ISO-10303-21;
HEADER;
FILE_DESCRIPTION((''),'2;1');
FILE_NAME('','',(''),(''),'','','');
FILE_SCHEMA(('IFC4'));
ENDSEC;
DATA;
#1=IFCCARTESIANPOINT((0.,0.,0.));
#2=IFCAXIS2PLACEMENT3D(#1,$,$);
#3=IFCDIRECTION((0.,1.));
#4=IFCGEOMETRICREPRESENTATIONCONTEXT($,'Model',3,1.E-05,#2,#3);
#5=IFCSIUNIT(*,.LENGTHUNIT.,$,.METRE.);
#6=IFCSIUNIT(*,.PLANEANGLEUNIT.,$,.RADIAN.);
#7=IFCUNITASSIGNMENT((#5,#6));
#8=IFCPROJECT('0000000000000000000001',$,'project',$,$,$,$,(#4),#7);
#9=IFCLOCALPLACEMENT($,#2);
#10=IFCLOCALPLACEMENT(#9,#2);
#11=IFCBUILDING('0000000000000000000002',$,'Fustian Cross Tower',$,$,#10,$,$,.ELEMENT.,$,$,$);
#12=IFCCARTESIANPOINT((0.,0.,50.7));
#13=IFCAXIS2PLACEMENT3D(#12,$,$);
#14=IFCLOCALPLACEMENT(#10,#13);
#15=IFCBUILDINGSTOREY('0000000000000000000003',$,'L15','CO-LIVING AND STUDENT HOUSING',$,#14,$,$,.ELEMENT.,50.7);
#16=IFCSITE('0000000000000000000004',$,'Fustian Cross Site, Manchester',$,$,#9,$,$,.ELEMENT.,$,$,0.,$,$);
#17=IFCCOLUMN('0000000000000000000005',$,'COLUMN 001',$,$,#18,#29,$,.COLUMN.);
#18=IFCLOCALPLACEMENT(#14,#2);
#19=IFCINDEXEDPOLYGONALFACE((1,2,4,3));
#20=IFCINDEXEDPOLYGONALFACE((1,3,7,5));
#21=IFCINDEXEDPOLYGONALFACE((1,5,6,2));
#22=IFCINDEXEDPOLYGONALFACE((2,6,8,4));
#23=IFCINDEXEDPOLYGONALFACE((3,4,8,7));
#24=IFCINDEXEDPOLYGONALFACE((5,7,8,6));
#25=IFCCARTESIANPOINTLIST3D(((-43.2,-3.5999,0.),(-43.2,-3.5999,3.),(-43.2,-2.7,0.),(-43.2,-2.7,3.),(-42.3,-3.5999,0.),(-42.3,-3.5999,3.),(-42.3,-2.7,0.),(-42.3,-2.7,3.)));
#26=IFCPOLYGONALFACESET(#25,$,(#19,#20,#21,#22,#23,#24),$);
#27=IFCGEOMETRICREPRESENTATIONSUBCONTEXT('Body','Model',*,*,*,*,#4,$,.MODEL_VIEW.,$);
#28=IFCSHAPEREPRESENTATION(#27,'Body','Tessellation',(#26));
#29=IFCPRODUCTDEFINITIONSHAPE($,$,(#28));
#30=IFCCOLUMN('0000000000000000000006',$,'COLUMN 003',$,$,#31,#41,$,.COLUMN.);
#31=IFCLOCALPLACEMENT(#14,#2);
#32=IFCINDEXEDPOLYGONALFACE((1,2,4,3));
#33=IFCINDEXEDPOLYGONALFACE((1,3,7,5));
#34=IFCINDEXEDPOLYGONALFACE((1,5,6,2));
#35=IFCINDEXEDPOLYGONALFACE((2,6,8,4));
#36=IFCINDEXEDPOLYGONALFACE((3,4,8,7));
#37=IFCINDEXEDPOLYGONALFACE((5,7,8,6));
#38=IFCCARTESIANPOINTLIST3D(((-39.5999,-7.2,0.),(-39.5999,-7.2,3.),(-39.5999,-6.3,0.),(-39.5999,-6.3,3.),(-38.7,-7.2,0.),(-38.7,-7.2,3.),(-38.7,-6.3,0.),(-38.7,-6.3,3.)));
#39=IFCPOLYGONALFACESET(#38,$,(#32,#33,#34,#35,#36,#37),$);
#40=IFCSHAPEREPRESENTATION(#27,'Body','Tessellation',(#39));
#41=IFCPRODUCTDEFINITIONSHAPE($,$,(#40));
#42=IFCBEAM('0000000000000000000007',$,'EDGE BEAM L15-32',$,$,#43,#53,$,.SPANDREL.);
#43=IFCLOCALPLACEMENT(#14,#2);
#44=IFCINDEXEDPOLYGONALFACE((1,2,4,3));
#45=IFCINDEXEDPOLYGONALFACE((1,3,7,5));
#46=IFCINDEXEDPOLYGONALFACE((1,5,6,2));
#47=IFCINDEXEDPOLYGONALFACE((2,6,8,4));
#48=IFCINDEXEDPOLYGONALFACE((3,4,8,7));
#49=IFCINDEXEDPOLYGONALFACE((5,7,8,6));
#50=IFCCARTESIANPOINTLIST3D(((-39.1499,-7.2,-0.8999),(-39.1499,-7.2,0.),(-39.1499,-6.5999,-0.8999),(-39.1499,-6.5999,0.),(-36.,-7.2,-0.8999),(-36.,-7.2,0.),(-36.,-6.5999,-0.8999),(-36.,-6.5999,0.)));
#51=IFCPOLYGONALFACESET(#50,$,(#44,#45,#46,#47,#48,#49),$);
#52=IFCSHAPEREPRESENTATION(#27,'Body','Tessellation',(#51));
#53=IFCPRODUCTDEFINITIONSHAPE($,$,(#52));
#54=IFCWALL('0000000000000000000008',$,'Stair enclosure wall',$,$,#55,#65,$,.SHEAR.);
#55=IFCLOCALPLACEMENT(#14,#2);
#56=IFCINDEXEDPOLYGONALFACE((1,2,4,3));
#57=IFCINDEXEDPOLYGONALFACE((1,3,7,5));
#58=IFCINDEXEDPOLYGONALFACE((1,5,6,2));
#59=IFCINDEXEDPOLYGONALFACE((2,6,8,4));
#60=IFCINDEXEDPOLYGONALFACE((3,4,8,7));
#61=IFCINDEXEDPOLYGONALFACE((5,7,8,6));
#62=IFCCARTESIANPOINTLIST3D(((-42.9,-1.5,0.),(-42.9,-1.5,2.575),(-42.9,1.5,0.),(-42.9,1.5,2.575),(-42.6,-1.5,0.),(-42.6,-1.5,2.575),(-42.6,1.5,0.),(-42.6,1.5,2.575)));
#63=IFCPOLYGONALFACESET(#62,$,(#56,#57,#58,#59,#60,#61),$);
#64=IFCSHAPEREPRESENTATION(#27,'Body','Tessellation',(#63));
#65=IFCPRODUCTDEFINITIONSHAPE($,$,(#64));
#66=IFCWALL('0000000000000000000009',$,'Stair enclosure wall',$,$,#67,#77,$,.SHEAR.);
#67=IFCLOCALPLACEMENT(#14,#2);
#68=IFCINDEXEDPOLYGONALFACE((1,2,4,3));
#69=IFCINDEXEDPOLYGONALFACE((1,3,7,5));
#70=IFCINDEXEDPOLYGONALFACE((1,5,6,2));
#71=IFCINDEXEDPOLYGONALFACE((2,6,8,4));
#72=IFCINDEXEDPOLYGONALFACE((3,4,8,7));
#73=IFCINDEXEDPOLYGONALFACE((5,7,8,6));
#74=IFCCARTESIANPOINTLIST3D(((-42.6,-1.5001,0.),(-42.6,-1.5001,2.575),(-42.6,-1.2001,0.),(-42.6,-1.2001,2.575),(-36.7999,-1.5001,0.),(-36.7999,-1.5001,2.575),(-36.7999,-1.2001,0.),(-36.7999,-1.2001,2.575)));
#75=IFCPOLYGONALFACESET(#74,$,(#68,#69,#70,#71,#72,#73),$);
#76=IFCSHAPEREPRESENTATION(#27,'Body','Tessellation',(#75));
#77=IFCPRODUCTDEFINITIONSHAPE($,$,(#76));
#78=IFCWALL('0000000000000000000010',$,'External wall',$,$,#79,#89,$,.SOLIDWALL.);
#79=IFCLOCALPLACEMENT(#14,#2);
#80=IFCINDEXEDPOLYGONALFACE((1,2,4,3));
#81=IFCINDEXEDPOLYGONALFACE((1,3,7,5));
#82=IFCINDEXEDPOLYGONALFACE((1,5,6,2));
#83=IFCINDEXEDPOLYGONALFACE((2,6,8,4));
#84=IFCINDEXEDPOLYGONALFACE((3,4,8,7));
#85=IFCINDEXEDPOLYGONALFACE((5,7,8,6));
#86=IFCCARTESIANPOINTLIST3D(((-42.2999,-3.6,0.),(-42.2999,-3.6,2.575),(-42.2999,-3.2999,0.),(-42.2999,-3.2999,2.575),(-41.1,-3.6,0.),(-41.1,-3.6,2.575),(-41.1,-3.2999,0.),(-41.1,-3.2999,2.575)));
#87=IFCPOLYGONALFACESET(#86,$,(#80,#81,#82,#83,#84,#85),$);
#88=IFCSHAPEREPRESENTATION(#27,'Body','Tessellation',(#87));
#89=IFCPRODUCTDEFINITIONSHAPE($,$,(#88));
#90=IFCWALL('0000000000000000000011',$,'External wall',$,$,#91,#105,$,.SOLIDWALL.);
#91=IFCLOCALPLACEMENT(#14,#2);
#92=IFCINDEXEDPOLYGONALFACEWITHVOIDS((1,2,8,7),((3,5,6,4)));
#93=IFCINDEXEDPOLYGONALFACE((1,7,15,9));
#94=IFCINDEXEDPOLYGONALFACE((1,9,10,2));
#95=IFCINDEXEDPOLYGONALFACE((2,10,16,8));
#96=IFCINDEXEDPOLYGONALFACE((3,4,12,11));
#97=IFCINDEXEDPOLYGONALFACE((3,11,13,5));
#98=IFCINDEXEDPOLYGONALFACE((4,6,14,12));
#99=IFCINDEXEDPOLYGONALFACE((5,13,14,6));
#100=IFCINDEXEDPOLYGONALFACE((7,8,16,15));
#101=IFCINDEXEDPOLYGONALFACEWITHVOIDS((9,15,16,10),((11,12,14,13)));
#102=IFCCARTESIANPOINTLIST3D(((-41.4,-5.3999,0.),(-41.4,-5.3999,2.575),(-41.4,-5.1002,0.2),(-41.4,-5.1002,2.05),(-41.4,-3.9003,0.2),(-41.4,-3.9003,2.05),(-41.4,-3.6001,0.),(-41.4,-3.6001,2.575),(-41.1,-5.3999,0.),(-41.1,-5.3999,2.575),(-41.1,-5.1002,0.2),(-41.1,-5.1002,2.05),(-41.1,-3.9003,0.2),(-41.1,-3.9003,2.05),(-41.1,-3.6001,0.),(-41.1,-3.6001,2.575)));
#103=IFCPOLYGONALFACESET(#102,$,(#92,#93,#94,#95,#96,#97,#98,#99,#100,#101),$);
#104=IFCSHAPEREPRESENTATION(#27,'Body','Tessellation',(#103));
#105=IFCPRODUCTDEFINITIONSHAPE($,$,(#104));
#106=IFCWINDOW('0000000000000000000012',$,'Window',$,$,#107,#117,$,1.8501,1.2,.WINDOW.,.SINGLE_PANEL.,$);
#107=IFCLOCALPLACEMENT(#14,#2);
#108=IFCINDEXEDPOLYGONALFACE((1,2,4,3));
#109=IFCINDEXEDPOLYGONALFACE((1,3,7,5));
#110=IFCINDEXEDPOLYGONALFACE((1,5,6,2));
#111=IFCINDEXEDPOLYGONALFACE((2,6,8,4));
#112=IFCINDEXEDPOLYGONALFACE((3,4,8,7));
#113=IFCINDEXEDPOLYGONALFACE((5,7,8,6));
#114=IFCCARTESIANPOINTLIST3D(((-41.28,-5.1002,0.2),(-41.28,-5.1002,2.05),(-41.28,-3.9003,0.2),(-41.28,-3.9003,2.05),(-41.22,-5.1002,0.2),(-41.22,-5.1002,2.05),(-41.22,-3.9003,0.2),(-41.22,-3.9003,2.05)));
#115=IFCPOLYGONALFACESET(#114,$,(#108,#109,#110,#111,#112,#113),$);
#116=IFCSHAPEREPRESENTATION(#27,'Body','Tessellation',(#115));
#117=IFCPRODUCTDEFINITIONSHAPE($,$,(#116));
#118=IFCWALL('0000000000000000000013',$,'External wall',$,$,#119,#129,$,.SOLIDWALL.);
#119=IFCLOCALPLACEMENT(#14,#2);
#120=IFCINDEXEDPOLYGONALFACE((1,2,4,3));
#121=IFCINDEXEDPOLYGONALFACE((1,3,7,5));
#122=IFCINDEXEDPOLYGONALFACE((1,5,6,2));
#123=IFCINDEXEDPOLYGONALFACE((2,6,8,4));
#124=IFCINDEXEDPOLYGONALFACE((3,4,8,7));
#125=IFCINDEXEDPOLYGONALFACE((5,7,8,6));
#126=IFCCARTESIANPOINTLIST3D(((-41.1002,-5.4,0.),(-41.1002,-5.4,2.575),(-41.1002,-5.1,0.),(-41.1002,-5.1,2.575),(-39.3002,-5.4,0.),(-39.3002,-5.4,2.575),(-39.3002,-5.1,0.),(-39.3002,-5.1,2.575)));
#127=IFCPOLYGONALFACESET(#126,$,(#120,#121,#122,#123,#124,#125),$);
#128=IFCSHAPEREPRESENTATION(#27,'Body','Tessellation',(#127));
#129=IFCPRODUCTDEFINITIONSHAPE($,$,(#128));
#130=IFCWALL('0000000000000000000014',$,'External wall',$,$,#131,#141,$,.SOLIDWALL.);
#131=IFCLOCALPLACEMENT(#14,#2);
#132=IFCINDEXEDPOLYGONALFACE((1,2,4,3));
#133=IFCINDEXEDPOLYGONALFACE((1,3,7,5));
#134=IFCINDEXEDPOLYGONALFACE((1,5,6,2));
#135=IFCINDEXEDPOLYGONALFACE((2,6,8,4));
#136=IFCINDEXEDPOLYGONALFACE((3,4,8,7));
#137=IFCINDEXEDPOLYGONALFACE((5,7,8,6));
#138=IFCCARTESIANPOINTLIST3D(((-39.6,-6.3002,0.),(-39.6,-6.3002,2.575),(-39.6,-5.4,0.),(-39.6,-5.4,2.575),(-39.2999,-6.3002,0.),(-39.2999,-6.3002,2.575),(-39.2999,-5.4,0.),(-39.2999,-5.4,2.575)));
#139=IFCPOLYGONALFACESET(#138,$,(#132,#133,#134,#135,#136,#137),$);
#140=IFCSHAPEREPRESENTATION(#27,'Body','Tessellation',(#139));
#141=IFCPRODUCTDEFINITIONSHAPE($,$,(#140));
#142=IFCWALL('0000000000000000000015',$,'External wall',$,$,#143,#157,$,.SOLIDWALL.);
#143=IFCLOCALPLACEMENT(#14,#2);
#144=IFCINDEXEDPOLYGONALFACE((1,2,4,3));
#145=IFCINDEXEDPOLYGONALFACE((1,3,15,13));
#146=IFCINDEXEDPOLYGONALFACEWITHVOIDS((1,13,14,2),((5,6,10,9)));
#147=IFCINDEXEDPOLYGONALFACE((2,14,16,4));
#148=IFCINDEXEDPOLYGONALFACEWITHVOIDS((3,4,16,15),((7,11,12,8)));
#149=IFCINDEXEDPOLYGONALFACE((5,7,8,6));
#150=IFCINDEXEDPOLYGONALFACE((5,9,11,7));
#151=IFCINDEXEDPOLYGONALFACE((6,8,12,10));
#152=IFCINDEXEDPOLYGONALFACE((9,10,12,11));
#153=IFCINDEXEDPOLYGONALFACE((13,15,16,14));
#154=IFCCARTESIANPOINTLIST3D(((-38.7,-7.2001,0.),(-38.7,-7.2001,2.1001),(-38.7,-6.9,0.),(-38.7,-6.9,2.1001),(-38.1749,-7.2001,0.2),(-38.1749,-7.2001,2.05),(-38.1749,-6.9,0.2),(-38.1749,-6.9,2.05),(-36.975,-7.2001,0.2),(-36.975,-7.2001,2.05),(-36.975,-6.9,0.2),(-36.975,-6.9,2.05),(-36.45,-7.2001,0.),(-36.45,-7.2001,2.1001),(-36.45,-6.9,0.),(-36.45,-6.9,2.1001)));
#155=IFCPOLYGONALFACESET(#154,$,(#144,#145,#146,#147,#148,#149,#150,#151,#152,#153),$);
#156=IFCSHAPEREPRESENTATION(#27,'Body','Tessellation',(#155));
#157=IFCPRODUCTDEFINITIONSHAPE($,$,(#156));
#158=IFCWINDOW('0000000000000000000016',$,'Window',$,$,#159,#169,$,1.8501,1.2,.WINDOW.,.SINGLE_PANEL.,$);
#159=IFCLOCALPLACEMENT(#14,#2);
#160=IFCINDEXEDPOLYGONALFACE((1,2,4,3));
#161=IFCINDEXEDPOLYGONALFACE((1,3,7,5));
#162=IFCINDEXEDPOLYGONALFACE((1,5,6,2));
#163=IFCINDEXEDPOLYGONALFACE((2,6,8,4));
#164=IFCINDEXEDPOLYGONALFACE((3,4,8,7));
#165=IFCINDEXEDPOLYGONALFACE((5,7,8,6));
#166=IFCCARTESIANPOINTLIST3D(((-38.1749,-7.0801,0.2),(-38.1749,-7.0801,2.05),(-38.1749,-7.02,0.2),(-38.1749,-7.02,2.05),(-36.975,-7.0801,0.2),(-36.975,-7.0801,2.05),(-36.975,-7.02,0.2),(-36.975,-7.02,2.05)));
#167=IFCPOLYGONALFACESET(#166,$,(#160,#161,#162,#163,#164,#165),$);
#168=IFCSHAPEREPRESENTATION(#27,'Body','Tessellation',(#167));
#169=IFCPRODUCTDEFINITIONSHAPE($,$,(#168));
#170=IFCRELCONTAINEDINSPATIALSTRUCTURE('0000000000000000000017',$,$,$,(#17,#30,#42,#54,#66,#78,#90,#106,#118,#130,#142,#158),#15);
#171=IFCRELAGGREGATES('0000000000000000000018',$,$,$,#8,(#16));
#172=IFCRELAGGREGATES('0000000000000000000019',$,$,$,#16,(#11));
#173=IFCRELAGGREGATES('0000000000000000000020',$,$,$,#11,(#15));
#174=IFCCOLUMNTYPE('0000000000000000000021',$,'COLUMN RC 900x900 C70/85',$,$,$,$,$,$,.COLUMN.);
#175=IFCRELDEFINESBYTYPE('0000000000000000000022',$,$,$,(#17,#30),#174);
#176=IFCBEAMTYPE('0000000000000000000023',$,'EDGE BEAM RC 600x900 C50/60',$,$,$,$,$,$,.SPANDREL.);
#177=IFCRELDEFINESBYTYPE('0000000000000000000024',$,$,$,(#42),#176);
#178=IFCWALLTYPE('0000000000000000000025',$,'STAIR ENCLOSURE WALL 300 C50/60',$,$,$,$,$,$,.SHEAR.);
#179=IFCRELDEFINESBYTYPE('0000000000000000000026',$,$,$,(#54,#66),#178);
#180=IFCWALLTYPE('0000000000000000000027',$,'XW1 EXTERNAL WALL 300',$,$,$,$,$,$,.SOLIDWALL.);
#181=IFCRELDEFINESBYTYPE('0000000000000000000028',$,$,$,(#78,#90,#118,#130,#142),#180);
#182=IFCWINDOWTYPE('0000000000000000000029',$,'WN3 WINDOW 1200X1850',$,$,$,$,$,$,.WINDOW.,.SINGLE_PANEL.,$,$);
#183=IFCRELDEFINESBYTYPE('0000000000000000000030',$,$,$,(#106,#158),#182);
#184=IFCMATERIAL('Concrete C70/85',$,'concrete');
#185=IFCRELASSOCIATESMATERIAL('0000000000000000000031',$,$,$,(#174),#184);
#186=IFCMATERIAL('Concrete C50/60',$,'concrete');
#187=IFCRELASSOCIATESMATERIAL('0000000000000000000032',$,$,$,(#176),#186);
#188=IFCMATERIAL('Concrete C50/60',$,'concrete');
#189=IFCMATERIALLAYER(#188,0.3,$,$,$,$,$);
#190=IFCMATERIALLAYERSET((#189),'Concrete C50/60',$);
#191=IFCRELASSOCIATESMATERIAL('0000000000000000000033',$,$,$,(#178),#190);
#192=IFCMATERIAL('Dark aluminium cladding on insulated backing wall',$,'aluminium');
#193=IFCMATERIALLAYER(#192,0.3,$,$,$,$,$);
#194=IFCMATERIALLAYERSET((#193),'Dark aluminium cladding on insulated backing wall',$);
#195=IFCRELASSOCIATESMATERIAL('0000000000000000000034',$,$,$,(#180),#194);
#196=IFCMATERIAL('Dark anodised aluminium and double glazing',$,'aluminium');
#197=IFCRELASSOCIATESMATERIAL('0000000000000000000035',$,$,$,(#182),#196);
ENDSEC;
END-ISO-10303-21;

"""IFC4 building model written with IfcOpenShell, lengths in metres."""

from ifc_helpers import new_model, si_unit, direction, frame, frame_2d, origin, origin_2d, place, context, subcontext, project, spatial, rectangle, extrude, material, layer, layer_set, material_profile, profile_set, type_object, element, fill, save


model = new_model("IFC4")

# Units and contexts
model_context = context("Model", 3, precision=1e-05, world=origin(), true_north=direction((0.0, 1.0)))
body_context = subcontext(model_context, "Body", "Model", "MODEL_VIEW")
ifc_project = project(units=[si_unit("LENGTHUNIT", "METRE"), si_unit("PLANEANGLEUNIT", "RADIAN")], contexts=[model_context])

# Site, building, storey
site_placement = place(None, origin())
site = spatial("IfcSite", under=ifc_project, at=site_placement, Name="Fustian Cross Site, Manchester", CompositionType="ELEMENT", RefElevation=0.0)
building_placement = place(site_placement, origin())
building = spatial("IfcBuilding", under=site, at=building_placement, Name="Fustian Cross Tower", CompositionType="ELEMENT")
storey_placement = place(building_placement, frame((0.0, 0.0, 50.7)))
storey = spatial("IfcBuildingStorey", under=building, at=storey_placement, Name="L15", Description="CO-LIVING AND STUDENT HOUSING", CompositionType="ELEMENT", Elevation=50.7)

# Columns
ifc_material_1 = material(Name="Concrete C70/85", Category="concrete")
ifc_material_profile_1 = material_profile(ifc_material_1, rectangle(XDim=0.8999, YDim=0.8999, at=origin_2d()), Name="RC 900x900")
ifc_profile_set_1 = profile_set([ifc_material_profile_1], Name="Concrete C70/85")
column_type = type_object("IfcColumnType", Name="COLUMN RC 900x900 C70/85", PredefinedType="COLUMN", material=ifc_profile_set_1)
for number, where, z_axis, x_axis, name in (
    (1, (-42.75, -3.1499, 0.0), (0.0, 0.0, 1.0), (1.0, 0.0, 0.0), "COLUMN 001"),
    (2, (-39.1499, -6.75, 0.0), (0.0, 0.0, 1.0), (1.0, 0.0, 0.0), "COLUMN 003"),
):
    element("IfcColumn", number, at=place(storey_placement, frame(where, z_axis=z_axis, x_axis=x_axis)), inside=storey, type_object=column_type, Name=name, PredefinedType="COLUMN", context=body_context, shape_type="SweptSolid", body=[
        extrude(rectangle(XDim=0.8999, YDim=0.8999, at=origin_2d()), origin(), (0.0, 0.0, 1.0), 3.0),
    ])

# Beam
ifc_material_2 = material(Name="Concrete C50/60", Category="concrete")
ifc_material_profile_2 = material_profile(ifc_material_2, rectangle(XDim=0.6001, YDim=0.8999, at=origin_2d()), Name="RC 600x900")
ifc_profile_set_2 = profile_set([ifc_material_profile_2], Name="Concrete C50/60")
beam_type = type_object("IfcBeamType", Name="EDGE BEAM RC 600x900 C50/60", PredefinedType="SPANDREL", material=ifc_profile_set_2)
beam_placement = place(storey_placement, frame((-39.1499, -6.8999, -0.45), z_axis=(1.0, 0.0, 0.0), x_axis=(0.0, 1.0, 0.0)))
element("IfcBeam", 3, at=beam_placement, inside=storey, type_object=beam_type, Name="EDGE BEAM L15-32", PredefinedType="SPANDREL", context=body_context, shape_type="SweptSolid", body=[
    extrude(rectangle(XDim=0.6001, YDim=0.8999, at=origin_2d()), origin(), (0.0, 0.0, 1.0), 3.1499),
])

# Walls
ifc_material_3 = material(Name="Concrete C50/60", Category="concrete")
ifc_layer_1 = layer(ifc_material_3, 0.3)
ifc_layer_set_1 = layer_set([ifc_layer_1], Name="Concrete C50/60")
wall_type_1 = type_object("IfcWallType", Name="STAIR ENCLOSURE WALL 300 C50/60", PredefinedType="SHEAR", material=ifc_layer_set_1)
wall_1_placement = place(storey_placement, frame((-42.75, -1.5, 0.0), z_axis=(0.0, 0.0, 1.0), x_axis=(0.0, 1.0, 0.0)))
element("IfcWall", 4, at=wall_1_placement, inside=storey, type_object=wall_type_1, Name="Stair enclosure wall", PredefinedType="SHEAR", context=body_context, shape_type="SweptSolid", body=[
    extrude(rectangle(XDim=3.0, YDim=0.3, at=frame_2d((1.5, 0.0))), origin(), (0.0, 0.0, 1.0), 2.575),
])
wall_2_placement = place(storey_placement, frame((-36.8, -1.3501, 0.0), z_axis=(0.0, 0.0, 1.0), x_axis=(-1.0, 0.0, 0.0)))
element("IfcWall", 5, at=wall_2_placement, inside=storey, type_object=wall_type_1, Name="Stair enclosure wall", PredefinedType="SHEAR", context=body_context, shape_type="SweptSolid", body=[
    extrude(rectangle(XDim=5.8, YDim=0.3, at=frame_2d((2.8999, 0.0))), origin(), (0.0, 0.0, 1.0), 2.575),
])
ifc_material_4 = material(Name="Dark aluminium cladding on insulated backing wall", Category="aluminium")
ifc_layer_2 = layer(ifc_material_4, 0.3)
ifc_layer_set_2 = layer_set([ifc_layer_2], Name="Dark aluminium cladding on insulated backing wall")
wall_type_2 = type_object("IfcWallType", Name="XW1 EXTERNAL WALL 300", PredefinedType="SOLIDWALL", material=ifc_layer_set_2)
wall_3_placement = place(storey_placement, frame((-42.3, -3.45, 0.0), z_axis=(0.0, 0.0, 1.0), x_axis=(1.0, 0.0, 0.0)))
element("IfcWall", 6, at=wall_3_placement, inside=storey, type_object=wall_type_2, Name="External wall", PredefinedType="SOLIDWALL", context=body_context, shape_type="SweptSolid", body=[
    extrude(rectangle(XDim=1.2, YDim=0.3, at=frame_2d((0.6001, 0.0))), origin(), (0.0, 0.0, 1.0), 2.575),
])

# Wall, opening, window
wall_4_placement = place(storey_placement, frame((-41.25, -3.6001, 0.0), z_axis=(0.0, 0.0, 1.0), x_axis=(0.0, -1.0, 0.0)))
wall_4 = element("IfcWall", 7, at=wall_4_placement, inside=storey, type_object=wall_type_2, Name="External wall", PredefinedType="SOLIDWALL", context=body_context, shape_type="SweptSolid", body=[
    extrude(rectangle(XDim=1.7998, YDim=0.3, at=frame_2d((0.8999, 0.0))), origin(), (0.0, 0.0, 1.0), 2.575),
])
opening_1_placement = place(wall_4_placement, frame((0.3, 0.0, 0.2)))
opening_1 = element("IfcOpeningElement", 8, at=opening_1_placement, cuts=wall_4, PredefinedType="OPENING", context=body_context, shape_type="SweptSolid", body=[
    extrude(rectangle(XDim=1.2, YDim=1.8501, at=frame_2d((0.6001, 0.925))), frame((0.0, 0.1599, 0.0), z_axis=(0.0, -1.0, 0.0), x_axis=(1.0, 0.0, 0.0)), (0.0, 0.0, 1.0), 0.3201),
])
ifc_material_5 = material(Name="Dark anodised aluminium and double glazing", Category="aluminium")
window_type = type_object("IfcWindowType", Name="WN3 WINDOW 1200X1850", PartitioningType="SINGLE_PANEL", PredefinedType="WINDOW", material=ifc_material_5)
window_1_placement = place(opening_1_placement, origin())
window_1 = element("IfcWindow", 9, at=window_1_placement, inside=storey, type_object=window_type, Name="Window", OverallHeight=1.8501, OverallWidth=1.2, PartitioningType="SINGLE_PANEL", PredefinedType="WINDOW", context=body_context, shape_type="SweptSolid", body=[
    extrude(rectangle(XDim=1.2, YDim=1.8501, at=frame_2d((0.6001, 0.925))), frame((0.0, 0.03, 0.0), z_axis=(0.0, -1.0, 0.0), x_axis=(1.0, 0.0, 0.0)), (0.0, 0.0, 1.0), 0.0601),
])
fill(opening_1, window_1)

# Walls
wall_5_placement = place(storey_placement, frame((-41.1001, -5.25, 0.0), z_axis=(0.0, 0.0, 1.0), x_axis=(1.0, 0.0, 0.0)))
element("IfcWall", 10, at=wall_5_placement, inside=storey, type_object=wall_type_2, Name="External wall", PredefinedType="SOLIDWALL", context=body_context, shape_type="SweptSolid", body=[
    extrude(rectangle(XDim=1.8, YDim=0.3, at=frame_2d((0.8999, 0.0))), origin(), (0.0, 0.0, 1.0), 2.575),
])
wall_6_placement = place(storey_placement, frame((-39.45, -5.3999, 0.0), z_axis=(0.0, 0.0, 1.0), x_axis=(0.0, -1.0, 0.0)))
element("IfcWall", 11, at=wall_6_placement, inside=storey, type_object=wall_type_2, Name="External wall", PredefinedType="SOLIDWALL", context=body_context, shape_type="SweptSolid", body=[
    extrude(rectangle(XDim=0.9001, YDim=0.3, at=frame_2d((0.4502, 0.0))), origin(), (0.0, 0.0, 1.0), 2.575),
])

# Wall, opening, window
wall_7_placement = place(storey_placement, frame((-38.7, -7.05, 0.0), z_axis=(0.0, 0.0, 1.0), x_axis=(1.0, 0.0, 0.0)))
wall_7 = element("IfcWall", 12, at=wall_7_placement, inside=storey, type_object=wall_type_2, Name="External wall", PredefinedType="SOLIDWALL", context=body_context, shape_type="SweptSolid", body=[
    extrude(rectangle(XDim=2.25, YDim=0.3, at=frame_2d((1.125, 0.0))), origin(), (0.0, 0.0, 1.0), 2.1001),
])
opening_2_placement = place(wall_7_placement, frame((0.5249, 0.0, 0.2)))
opening_2 = element("IfcOpeningElement", 13, at=opening_2_placement, cuts=wall_7, PredefinedType="OPENING", context=body_context, shape_type="SweptSolid", body=[
    extrude(rectangle(XDim=1.2, YDim=1.8501, at=frame_2d((0.6001, 0.925))), frame((0.0, 0.1599, 0.0), z_axis=(0.0, -1.0, 0.0), x_axis=(1.0, 0.0, 0.0)), (0.0, 0.0, 1.0), 0.3201),
])
window_2_placement = place(opening_2_placement, origin())
window_2 = element("IfcWindow", 14, at=window_2_placement, inside=storey, type_object=window_type, Name="Window", OverallHeight=1.8501, OverallWidth=1.2, PartitioningType="SINGLE_PANEL", PredefinedType="WINDOW", context=body_context, shape_type="SweptSolid", body=[
    extrude(rectangle(XDim=1.2, YDim=1.8501, at=frame_2d((0.6001, 0.925))), frame((0.0, 0.03, 0.0), z_axis=(0.0, -1.0, 0.0), x_axis=(1.0, 0.0, 0.0)), (0.0, 0.0, 1.0), 0.0601),
])
fill(opening_2, window_2)

save(model, "model.ifc")
